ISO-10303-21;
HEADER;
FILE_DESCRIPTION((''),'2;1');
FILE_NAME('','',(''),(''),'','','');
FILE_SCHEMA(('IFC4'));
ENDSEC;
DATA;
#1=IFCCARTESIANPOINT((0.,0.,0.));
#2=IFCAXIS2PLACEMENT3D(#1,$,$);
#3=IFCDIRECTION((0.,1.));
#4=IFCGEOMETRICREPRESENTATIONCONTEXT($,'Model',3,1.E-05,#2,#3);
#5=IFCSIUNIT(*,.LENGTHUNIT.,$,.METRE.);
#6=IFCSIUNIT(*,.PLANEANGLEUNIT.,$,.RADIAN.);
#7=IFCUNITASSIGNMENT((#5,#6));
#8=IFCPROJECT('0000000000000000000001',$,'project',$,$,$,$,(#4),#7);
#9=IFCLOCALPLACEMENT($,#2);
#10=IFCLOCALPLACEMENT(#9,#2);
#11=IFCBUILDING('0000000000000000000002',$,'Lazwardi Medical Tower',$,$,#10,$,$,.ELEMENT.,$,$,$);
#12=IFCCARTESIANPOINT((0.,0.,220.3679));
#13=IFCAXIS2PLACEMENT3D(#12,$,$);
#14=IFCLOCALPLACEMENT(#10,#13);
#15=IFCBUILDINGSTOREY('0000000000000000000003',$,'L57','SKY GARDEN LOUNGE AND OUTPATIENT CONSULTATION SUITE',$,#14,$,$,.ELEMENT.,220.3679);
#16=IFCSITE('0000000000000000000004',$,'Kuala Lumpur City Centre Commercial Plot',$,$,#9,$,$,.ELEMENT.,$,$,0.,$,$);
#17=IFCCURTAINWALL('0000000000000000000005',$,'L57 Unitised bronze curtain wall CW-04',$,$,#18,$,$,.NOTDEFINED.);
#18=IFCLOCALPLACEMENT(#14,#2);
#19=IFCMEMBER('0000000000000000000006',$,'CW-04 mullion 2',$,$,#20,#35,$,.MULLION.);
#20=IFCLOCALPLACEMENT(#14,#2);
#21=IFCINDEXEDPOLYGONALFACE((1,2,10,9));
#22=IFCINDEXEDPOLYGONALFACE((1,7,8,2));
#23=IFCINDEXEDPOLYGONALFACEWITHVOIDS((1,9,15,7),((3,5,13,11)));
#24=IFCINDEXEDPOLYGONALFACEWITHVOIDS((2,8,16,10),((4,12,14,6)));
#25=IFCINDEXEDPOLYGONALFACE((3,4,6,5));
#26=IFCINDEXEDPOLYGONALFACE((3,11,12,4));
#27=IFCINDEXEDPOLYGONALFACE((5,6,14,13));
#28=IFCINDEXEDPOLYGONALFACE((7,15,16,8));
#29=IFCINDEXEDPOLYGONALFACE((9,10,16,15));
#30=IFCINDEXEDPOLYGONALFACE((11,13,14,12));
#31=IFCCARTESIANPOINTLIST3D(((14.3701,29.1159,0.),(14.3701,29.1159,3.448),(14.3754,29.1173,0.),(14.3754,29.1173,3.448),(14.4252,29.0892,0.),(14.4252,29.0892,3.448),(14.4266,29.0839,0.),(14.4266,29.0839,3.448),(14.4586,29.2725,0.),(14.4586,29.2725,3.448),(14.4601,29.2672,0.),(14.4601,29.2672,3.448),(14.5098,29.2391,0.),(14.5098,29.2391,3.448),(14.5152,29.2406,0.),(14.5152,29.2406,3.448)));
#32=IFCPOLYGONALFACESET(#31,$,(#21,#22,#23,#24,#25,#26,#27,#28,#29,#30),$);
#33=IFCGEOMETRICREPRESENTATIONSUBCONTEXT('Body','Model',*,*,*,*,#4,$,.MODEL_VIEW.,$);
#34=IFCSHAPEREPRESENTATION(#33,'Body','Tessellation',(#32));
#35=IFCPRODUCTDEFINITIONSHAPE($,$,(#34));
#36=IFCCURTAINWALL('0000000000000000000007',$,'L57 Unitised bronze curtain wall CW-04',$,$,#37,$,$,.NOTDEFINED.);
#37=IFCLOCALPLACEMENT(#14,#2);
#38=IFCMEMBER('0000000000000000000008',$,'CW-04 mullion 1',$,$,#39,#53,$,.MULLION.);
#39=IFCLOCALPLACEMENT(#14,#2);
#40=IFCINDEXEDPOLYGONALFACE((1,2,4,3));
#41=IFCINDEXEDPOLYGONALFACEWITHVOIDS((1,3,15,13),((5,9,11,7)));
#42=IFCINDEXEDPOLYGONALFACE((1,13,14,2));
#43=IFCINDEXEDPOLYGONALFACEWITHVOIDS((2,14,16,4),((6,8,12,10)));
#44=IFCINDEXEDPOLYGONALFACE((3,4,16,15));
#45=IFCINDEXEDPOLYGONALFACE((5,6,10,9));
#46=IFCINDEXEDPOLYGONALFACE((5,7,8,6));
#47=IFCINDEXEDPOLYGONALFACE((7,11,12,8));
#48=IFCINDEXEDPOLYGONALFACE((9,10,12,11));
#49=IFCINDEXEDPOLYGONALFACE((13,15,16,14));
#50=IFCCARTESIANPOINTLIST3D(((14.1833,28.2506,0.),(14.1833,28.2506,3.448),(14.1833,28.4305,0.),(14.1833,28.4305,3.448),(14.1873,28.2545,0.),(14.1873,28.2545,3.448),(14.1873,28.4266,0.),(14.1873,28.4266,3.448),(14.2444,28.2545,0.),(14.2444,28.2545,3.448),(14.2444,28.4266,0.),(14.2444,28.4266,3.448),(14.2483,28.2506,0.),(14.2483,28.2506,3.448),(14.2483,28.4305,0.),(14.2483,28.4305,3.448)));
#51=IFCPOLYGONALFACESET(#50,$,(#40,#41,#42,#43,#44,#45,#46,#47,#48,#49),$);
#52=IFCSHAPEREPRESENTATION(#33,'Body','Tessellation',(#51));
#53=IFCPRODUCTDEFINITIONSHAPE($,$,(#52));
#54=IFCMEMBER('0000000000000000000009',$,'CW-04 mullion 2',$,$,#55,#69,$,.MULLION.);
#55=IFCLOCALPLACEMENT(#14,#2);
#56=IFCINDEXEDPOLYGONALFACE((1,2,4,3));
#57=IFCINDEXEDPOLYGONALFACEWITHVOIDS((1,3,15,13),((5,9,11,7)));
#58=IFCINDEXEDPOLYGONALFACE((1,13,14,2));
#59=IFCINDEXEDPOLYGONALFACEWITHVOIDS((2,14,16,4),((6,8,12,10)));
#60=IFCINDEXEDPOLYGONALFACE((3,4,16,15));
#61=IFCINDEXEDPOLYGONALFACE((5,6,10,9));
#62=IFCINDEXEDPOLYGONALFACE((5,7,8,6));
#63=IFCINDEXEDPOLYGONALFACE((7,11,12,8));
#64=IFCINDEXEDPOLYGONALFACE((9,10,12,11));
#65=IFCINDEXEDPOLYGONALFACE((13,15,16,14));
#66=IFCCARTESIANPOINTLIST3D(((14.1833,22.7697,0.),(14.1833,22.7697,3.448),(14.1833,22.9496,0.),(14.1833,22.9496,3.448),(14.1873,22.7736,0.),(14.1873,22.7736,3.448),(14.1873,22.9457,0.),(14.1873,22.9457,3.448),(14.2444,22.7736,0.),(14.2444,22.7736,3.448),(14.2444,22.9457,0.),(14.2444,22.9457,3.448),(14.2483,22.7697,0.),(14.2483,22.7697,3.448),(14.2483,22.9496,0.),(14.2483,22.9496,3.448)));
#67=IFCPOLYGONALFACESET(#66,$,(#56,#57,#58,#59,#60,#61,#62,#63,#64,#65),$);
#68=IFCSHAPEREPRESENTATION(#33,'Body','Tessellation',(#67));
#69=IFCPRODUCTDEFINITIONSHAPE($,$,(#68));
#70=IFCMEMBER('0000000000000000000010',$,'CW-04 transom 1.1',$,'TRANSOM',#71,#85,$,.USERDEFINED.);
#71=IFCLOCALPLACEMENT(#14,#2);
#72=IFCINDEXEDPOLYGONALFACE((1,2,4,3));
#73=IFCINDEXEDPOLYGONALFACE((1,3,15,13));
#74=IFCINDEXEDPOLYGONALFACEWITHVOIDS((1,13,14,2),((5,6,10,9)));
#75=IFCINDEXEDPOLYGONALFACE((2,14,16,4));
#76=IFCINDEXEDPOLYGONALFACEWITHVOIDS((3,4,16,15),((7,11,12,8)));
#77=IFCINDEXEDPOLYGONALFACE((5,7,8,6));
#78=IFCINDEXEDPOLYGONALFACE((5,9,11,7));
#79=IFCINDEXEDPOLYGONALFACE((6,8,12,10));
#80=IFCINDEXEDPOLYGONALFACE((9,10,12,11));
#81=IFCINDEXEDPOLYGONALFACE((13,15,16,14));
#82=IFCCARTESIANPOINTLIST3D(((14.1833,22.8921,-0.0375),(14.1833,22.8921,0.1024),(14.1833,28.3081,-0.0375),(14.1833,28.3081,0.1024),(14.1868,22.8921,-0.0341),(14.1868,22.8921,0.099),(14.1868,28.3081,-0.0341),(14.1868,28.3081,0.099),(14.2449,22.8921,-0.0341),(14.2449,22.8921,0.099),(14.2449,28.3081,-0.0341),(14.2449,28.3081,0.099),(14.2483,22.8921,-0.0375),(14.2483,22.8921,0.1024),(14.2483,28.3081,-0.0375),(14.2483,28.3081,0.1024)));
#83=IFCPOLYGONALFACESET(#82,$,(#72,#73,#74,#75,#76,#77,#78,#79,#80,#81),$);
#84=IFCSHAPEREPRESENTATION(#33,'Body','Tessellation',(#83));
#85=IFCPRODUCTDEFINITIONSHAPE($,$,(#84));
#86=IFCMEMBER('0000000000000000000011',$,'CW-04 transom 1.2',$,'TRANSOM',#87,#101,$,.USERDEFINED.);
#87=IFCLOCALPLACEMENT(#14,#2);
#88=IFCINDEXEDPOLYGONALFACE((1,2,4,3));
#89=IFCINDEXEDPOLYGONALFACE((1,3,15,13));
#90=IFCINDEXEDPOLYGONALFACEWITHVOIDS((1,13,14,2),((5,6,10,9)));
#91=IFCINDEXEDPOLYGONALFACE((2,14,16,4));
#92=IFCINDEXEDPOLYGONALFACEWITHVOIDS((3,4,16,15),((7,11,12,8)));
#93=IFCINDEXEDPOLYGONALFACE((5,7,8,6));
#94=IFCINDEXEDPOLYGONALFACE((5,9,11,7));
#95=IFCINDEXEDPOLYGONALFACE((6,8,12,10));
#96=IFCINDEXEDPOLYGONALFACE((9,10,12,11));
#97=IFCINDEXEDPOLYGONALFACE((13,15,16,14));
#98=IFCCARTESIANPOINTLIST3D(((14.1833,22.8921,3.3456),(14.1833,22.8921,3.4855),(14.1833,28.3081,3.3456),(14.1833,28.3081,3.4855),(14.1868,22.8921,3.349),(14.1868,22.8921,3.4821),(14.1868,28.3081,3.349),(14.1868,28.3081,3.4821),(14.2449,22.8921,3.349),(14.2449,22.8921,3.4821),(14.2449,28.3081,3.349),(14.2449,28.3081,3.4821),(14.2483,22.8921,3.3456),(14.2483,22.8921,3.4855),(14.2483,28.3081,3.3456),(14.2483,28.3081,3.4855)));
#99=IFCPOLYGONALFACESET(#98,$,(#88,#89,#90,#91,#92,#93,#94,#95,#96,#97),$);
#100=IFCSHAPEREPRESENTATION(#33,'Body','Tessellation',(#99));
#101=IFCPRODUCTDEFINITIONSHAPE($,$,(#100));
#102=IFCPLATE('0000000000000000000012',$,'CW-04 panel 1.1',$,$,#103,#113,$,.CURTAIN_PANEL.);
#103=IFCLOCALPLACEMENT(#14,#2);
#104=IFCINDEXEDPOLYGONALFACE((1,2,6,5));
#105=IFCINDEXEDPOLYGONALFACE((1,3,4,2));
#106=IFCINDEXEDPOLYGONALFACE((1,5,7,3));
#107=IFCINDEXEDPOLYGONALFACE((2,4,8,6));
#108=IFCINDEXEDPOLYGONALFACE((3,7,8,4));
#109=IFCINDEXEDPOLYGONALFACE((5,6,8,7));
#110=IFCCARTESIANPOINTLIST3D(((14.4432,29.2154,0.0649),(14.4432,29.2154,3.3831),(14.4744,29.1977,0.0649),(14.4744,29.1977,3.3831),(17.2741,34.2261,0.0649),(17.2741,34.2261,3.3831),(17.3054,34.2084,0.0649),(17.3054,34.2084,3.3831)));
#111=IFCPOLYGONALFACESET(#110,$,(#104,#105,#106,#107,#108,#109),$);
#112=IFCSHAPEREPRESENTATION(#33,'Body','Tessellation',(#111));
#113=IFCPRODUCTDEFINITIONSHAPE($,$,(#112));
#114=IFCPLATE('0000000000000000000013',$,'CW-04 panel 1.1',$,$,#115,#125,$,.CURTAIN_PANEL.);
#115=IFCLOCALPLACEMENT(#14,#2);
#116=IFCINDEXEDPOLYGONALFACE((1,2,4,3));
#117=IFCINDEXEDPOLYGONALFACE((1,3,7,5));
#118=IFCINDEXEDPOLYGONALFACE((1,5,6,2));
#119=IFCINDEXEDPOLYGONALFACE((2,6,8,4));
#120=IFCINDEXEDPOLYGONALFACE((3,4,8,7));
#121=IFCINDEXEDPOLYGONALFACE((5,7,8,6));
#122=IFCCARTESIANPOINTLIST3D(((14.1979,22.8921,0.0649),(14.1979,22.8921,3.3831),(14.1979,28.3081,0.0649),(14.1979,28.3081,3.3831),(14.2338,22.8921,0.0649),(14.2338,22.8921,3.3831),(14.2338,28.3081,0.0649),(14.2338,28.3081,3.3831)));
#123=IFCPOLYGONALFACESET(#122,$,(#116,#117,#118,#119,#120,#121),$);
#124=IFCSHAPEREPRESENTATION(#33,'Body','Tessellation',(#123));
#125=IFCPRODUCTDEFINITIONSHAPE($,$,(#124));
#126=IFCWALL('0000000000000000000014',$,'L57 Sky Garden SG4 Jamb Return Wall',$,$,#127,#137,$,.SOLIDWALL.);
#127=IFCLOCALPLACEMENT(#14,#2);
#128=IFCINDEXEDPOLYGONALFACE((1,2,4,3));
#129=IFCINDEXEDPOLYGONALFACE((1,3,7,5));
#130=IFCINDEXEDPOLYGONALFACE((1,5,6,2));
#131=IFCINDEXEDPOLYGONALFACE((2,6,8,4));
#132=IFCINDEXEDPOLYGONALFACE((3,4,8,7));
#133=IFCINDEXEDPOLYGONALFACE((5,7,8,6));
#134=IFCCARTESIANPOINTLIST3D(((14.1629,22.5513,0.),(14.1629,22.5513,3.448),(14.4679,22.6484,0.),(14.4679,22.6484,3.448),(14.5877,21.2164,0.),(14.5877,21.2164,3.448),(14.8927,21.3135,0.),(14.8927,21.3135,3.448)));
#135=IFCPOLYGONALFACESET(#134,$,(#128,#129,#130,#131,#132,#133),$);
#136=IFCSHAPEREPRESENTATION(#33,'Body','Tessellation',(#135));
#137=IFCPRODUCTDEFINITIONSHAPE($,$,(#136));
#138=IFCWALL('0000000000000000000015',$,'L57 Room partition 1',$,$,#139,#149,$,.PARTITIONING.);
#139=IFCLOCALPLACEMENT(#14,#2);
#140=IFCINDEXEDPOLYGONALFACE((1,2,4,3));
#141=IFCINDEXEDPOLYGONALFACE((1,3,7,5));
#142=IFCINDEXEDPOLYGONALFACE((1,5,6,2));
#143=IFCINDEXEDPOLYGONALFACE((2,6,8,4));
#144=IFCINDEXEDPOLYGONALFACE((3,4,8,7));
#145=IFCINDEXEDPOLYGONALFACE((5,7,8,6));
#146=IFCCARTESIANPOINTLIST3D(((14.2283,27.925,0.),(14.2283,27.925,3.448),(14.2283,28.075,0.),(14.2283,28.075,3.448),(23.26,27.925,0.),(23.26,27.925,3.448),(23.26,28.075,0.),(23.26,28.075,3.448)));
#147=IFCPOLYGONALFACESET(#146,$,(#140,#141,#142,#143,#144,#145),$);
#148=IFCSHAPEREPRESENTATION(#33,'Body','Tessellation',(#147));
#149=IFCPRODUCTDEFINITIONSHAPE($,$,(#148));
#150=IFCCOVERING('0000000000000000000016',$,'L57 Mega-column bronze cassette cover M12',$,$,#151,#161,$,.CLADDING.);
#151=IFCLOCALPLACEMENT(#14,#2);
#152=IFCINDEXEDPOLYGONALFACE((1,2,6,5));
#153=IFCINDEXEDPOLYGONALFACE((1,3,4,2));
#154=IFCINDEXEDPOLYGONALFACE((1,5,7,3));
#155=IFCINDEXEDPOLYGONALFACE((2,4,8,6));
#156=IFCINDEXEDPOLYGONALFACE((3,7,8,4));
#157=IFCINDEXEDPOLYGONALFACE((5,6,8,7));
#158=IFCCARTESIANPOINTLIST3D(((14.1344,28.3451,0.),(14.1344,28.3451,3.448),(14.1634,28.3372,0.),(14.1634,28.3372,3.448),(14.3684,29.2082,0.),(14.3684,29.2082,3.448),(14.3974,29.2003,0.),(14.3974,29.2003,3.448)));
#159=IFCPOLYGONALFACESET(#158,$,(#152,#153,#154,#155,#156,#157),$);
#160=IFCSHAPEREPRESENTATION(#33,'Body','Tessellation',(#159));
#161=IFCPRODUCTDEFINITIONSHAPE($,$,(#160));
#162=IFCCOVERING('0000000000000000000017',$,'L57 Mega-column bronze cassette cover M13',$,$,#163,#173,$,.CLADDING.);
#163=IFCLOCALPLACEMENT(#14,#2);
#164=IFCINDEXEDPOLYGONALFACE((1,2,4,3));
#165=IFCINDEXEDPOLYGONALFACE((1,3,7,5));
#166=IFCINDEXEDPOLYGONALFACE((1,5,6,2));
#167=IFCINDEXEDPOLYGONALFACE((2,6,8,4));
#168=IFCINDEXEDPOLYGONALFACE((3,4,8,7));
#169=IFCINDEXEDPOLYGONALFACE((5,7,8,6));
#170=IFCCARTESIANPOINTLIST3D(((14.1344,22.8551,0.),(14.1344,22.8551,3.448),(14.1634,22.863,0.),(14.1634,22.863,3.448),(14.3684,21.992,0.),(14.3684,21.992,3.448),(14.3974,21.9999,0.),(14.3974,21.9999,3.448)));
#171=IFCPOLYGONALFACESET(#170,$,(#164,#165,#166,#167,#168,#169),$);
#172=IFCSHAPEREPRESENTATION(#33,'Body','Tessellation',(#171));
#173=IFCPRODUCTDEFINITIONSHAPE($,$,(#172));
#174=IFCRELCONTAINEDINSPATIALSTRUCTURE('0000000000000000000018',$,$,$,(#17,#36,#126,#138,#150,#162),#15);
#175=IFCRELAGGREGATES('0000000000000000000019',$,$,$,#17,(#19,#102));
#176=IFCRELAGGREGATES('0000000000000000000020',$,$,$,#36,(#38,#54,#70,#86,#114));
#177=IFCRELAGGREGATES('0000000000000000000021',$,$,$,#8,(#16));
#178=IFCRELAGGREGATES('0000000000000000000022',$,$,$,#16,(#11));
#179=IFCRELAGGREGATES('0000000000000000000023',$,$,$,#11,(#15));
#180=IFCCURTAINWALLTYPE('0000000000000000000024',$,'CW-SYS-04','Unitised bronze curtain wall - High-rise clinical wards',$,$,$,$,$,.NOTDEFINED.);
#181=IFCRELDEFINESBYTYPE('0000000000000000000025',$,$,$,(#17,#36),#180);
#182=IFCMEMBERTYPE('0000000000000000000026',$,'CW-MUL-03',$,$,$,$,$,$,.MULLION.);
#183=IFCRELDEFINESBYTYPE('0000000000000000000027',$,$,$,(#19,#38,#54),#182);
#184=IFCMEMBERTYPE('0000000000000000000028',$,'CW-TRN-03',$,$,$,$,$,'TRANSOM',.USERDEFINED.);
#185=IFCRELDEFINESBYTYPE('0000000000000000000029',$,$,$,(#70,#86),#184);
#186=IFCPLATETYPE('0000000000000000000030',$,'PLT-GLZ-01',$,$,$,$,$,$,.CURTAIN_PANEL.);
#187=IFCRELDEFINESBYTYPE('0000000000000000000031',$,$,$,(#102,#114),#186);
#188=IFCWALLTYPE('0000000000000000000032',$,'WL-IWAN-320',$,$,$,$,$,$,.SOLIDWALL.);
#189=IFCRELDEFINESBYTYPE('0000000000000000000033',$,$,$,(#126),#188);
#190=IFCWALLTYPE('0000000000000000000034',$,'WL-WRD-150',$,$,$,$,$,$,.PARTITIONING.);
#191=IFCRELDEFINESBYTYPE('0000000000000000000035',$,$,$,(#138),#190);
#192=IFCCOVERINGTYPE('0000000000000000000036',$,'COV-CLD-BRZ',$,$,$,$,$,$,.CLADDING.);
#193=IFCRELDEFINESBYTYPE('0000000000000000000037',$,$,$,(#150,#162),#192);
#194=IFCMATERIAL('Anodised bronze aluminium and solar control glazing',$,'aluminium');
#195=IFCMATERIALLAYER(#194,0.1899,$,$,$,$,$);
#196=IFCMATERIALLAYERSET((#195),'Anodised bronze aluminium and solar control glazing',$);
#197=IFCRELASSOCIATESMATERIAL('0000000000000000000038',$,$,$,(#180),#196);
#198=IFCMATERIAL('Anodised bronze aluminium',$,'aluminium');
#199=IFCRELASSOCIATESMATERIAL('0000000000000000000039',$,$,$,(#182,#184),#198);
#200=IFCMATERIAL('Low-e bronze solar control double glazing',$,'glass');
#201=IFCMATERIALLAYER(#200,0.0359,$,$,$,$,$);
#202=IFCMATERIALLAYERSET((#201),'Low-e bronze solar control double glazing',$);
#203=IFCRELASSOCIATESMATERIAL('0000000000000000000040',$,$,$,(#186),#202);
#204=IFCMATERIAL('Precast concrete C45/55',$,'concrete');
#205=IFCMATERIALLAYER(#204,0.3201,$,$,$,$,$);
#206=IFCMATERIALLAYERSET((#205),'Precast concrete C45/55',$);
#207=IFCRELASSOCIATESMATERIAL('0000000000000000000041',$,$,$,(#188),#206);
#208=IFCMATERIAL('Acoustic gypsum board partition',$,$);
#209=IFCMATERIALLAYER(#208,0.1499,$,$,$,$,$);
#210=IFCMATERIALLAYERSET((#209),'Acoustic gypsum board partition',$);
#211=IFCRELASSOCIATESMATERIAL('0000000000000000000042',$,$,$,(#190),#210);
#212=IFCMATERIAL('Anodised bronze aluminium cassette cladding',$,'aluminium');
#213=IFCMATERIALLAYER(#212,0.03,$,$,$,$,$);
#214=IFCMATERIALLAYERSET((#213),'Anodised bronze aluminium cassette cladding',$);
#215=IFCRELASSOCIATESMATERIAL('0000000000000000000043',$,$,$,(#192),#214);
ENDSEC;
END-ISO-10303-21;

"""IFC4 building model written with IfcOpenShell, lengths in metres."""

from ifc_helpers import new_model, si_unit, direction, frame, frame_2d, origin, origin_2d, place, context, subcontext, project, spatial, rectangle, hollow_rectangle, extrude, material, layer, layer_set, material_profile, profile_set, type_object, element, aggregate, save


model = new_model("IFC4")

# Units and contexts
model_context = context("Model", 3, precision=1e-05, world=origin(), true_north=direction((0.0, 1.0)))
body_context = subcontext(model_context, "Body", "Model", "MODEL_VIEW")
ifc_project = project(units=[si_unit("LENGTHUNIT", "METRE"), si_unit("PLANEANGLEUNIT", "RADIAN")], contexts=[model_context])

# Site, building, storey
site_placement = place(None, origin())
site = spatial("IfcSite", under=ifc_project, at=site_placement, Name="Kuala Lumpur City Centre Commercial Plot", CompositionType="ELEMENT", RefElevation=0.0)
building_placement = place(site_placement, origin())
building = spatial("IfcBuilding", under=site, at=building_placement, Name="Lazwardi Medical Tower", CompositionType="ELEMENT")
storey_placement = place(building_placement, frame((0.0, 0.0, 220.3679)))
storey = spatial("IfcBuildingStorey", under=building, at=storey_placement, Name="L57", Description="SKY GARDEN LOUNGE AND OUTPATIENT CONSULTATION SUITE", CompositionType="ELEMENT", Elevation=220.3679)

# Curtain wall, member
ifc_material_1 = material(Name="Anodised bronze aluminium and solar control glazing", Category="aluminium")
ifc_layer_1 = layer(ifc_material_1, 0.1899)
ifc_layer_set_1 = layer_set([ifc_layer_1], Name="Anodised bronze aluminium and solar control glazing")
curtain_wall_type = type_object("IfcCurtainWallType", Name="CW-SYS-04", Description="Unitised bronze curtain wall - High-rise clinical wards", PredefinedType="NOTDEFINED", material=ifc_layer_set_1)
curtain_wall_1_placement = place(storey_placement, origin())
curtain_wall_1 = element("IfcCurtainWall", 1, at=curtain_wall_1_placement, inside=storey, type_object=curtain_wall_type, Name="L57 Unitised bronze curtain wall CW-04", PredefinedType="NOTDEFINED")
ifc_material_2 = material(Name="Anodised bronze aluminium", Category="aluminium")
ifc_material_profile_1 = material_profile(ifc_material_2, hollow_rectangle(XDim=0.0649, YDim=0.1799, WallThickness=0.0039, at=origin_2d()), Name="ALU-MULLION 180x65x4")
ifc_profile_set_1 = profile_set([ifc_material_profile_1], Name="Anodised bronze aluminium")
member_type_1 = type_object("IfcMemberType", Name="CW-MUL-03", PredefinedType="MULLION", material=ifc_profile_set_1)
member_1_placement = place(storey_placement, frame((14.4426, 29.1782, 0.0), z_axis=(0.0, 0.0, 1.0), x_axis=(0.870651, -0.4919, 0.0)))
member_1 = element("IfcMember", 2, at=member_1_placement, type_object=member_type_1, Name="CW-04 mullion 2", PredefinedType="MULLION", context=body_context, shape_type="SweptSolid", body=[
    extrude(hollow_rectangle(XDim=0.0649, YDim=0.1799, WallThickness=0.0039, at=origin_2d()), origin(), (0.0, 0.0, 1.0), 3.448),
])

# Curtain wall, members
curtain_wall_2_placement = place(storey_placement, origin())
curtain_wall_2 = element("IfcCurtainWall", 3, at=curtain_wall_2_placement, inside=storey, type_object=curtain_wall_type, Name="L57 Unitised bronze curtain wall CW-04", PredefinedType="NOTDEFINED")
member_2_placement = place(storey_placement, frame((14.2158, 28.3406, 0.0), z_axis=(0.0, 0.0, 1.0), x_axis=(1.0, 0.0, 0.0)))
member_2 = element("IfcMember", 4, at=member_2_placement, type_object=member_type_1, Name="CW-04 mullion 1", PredefinedType="MULLION", context=body_context, shape_type="SweptSolid", body=[
    extrude(hollow_rectangle(XDim=0.0649, YDim=0.1799, WallThickness=0.0039, at=origin_2d()), origin(), (0.0, 0.0, 1.0), 3.448),
])
member_3_placement = place(storey_placement, frame((14.2158, 22.8596, 0.0), z_axis=(0.0, 0.0, 1.0), x_axis=(1.0, 0.0, 0.0)))
member_3 = element("IfcMember", 5, at=member_3_placement, type_object=member_type_1, Name="CW-04 mullion 2", PredefinedType="MULLION", context=body_context, shape_type="SweptSolid", body=[
    extrude(hollow_rectangle(XDim=0.0649, YDim=0.1799, WallThickness=0.0039, at=origin_2d()), origin(), (0.0, 0.0, 1.0), 3.448),
])
ifc_material_profile_2 = material_profile(ifc_material_2, hollow_rectangle(XDim=0.0649, YDim=0.1399, WallThickness=0.0034, at=origin_2d()), Name="ALU-TRANSOM 140x65x3.5")
ifc_profile_set_2 = profile_set([ifc_material_profile_2], Name="Anodised bronze aluminium")
member_type_2 = type_object("IfcMemberType", Name="CW-TRN-03", ElementType="TRANSOM", PredefinedType="USERDEFINED", material=ifc_profile_set_2)
member_4_placement = place(storey_placement, frame((14.2158, 28.3081, 0.0325), z_axis=(0.0, -1.0, 0.0), x_axis=(1.0, 0.0, 0.0)))
member_4 = element("IfcMember", 6, at=member_4_placement, type_object=member_type_2, Name="CW-04 transom 1.1", ObjectType="TRANSOM", PredefinedType="USERDEFINED", context=body_context, shape_type="SweptSolid", body=[
    extrude(hollow_rectangle(XDim=0.0649, YDim=0.1399, WallThickness=0.0034, at=origin_2d()), origin(), (0.0, 0.0, 1.0), 5.416),
])
member_5_placement = place(storey_placement, frame((14.2158, 28.3081, 3.4155), z_axis=(0.0, -1.0, 0.0), x_axis=(1.0, 0.0, 0.0)))
member_5 = element("IfcMember", 7, at=member_5_placement, type_object=member_type_2, Name="CW-04 transom 1.2", ObjectType="TRANSOM", PredefinedType="USERDEFINED", context=body_context, shape_type="SweptSolid", body=[
    extrude(hollow_rectangle(XDim=0.0649, YDim=0.1399, WallThickness=0.0034, at=origin_2d()), origin(), (0.0, 0.0, 1.0), 5.416),
])

# Plates
ifc_material_3 = material(Name="Low-e bronze solar control double glazing", Category="glass")
ifc_layer_2 = layer(ifc_material_3, 0.0359)
ifc_layer_set_2 = layer_set([ifc_layer_2], Name="Low-e bronze solar control double glazing")
plate_type = type_object("IfcPlateType", Name="PLT-GLZ-01", PredefinedType="CURTAIN_PANEL", material=ifc_layer_set_2)
plate_1_placement = place(storey_placement, frame((15.8743, 31.7119, 0.0649), z_axis=(0.0, 0.0, 1.0), x_axis=(-0.4919, -0.870651, 0.0)))
plate_1 = element("IfcPlate", 8, at=plate_1_placement, type_object=plate_type, Name="CW-04 panel 1.1", PredefinedType="CURTAIN_PANEL", context=body_context, shape_type="SweptSolid", body=[
    extrude(rectangle(XDim=5.7551, YDim=0.0359, at=origin_2d()), origin(), (0.0, 0.0, 1.0), 3.3181),
])
aggregate(curtain_wall_1, [member_1, plate_1])
plate_2_placement = place(storey_placement, frame((14.2158, 25.6001, 0.0649), z_axis=(0.0, 0.0, 1.0), x_axis=(0.0, -1.0, 0.0)))
plate_2 = element("IfcPlate", 9, at=plate_2_placement, type_object=plate_type, Name="CW-04 panel 1.1", PredefinedType="CURTAIN_PANEL", context=body_context, shape_type="SweptSolid", body=[
    extrude(rectangle(XDim=5.416, YDim=0.0359, at=origin_2d()), origin(), (0.0, 0.0, 1.0), 3.3181),
])
aggregate(curtain_wall_2, [member_2, member_3, member_4, member_5, plate_2])

# Walls
ifc_material_4 = material(Name="Precast concrete C45/55", Category="concrete")
ifc_layer_3 = layer(ifc_material_4, 0.3201)
ifc_layer_set_3 = layer_set([ifc_layer_3], Name="Precast concrete C45/55")
wall_type_1 = type_object("IfcWallType", Name="WL-IWAN-320", PredefinedType="SOLIDWALL", material=ifc_layer_set_3)
wall_1_placement = place(storey_placement, frame((14.3154, 22.5999, 0.0), z_axis=(0.0, 0.0, 1.0), x_axis=(0.303232, -0.952917, 0.0)))
element("IfcWall", 10, at=wall_1_placement, inside=storey, type_object=wall_type_1, Name="L57 Sky Garden SG4 Jamb Return Wall", PredefinedType="SOLIDWALL", context=body_context, shape_type="SweptSolid", body=[
    extrude(rectangle(XDim=1.4009, YDim=0.3201, at=frame_2d((0.7004, 0.0))), origin(), (0.0, 0.0, 1.0), 3.448),
])
ifc_material_5 = material(Name="Acoustic gypsum board partition")
ifc_layer_4 = layer(ifc_material_5, 0.1499)
ifc_layer_set_4 = layer_set([ifc_layer_4], Name="Acoustic gypsum board partition")
wall_type_2 = type_object("IfcWallType", Name="WL-WRD-150", PredefinedType="PARTITIONING", material=ifc_layer_set_4)
wall_2_placement = place(storey_placement, frame((14.2283, 28.0, 0.0), z_axis=(0.0, 0.0, 1.0), x_axis=(1.0, 0.0, 0.0)))
element("IfcWall", 11, at=wall_2_placement, inside=storey, type_object=wall_type_2, Name="L57 Room partition 1", PredefinedType="PARTITIONING", context=body_context, shape_type="SweptSolid", body=[
    extrude(rectangle(XDim=9.0317, YDim=0.1499, at=frame_2d((4.5159, 0.0))), origin(), (0.0, 0.0, 1.0), 3.448),
])

# Coverings
ifc_material_6 = material(Name="Anodised bronze aluminium cassette cladding", Category="aluminium")
ifc_layer_5 = layer(ifc_material_6, 0.03)
ifc_layer_set_5 = layer_set([ifc_layer_5], Name="Anodised bronze aluminium cassette cladding")
covering_type = type_object("IfcCoveringType", Name="COV-CLD-BRZ", PredefinedType="CLADDING", material=ifc_layer_set_5)
for number, where, z_axis, x_axis, name in (
    (12, (14.2659, 28.7727, 0.0), (0.0, 0.0, 1.0), (-0.261642, -0.965165, 0.0), "L57 Mega-column bronze cassette cover M12"),
    (13, (14.2659, 22.4275, 0.0), (0.0, 0.0, 1.0), (0.261642, -0.965165, 0.0), "L57 Mega-column bronze cassette cover M13"),
):
    element("IfcCovering", number, at=place(storey_placement, frame(where, z_axis=z_axis, x_axis=x_axis)), inside=storey, type_object=covering_type, Name=name, PredefinedType="CLADDING", context=body_context, shape_type="SweptSolid", body=[
        extrude(rectangle(XDim=0.8943, YDim=0.03, at=origin_2d()), origin(), (0.0, 0.0, 1.0), 3.448),
    ])

save(model, "model.ifc")
